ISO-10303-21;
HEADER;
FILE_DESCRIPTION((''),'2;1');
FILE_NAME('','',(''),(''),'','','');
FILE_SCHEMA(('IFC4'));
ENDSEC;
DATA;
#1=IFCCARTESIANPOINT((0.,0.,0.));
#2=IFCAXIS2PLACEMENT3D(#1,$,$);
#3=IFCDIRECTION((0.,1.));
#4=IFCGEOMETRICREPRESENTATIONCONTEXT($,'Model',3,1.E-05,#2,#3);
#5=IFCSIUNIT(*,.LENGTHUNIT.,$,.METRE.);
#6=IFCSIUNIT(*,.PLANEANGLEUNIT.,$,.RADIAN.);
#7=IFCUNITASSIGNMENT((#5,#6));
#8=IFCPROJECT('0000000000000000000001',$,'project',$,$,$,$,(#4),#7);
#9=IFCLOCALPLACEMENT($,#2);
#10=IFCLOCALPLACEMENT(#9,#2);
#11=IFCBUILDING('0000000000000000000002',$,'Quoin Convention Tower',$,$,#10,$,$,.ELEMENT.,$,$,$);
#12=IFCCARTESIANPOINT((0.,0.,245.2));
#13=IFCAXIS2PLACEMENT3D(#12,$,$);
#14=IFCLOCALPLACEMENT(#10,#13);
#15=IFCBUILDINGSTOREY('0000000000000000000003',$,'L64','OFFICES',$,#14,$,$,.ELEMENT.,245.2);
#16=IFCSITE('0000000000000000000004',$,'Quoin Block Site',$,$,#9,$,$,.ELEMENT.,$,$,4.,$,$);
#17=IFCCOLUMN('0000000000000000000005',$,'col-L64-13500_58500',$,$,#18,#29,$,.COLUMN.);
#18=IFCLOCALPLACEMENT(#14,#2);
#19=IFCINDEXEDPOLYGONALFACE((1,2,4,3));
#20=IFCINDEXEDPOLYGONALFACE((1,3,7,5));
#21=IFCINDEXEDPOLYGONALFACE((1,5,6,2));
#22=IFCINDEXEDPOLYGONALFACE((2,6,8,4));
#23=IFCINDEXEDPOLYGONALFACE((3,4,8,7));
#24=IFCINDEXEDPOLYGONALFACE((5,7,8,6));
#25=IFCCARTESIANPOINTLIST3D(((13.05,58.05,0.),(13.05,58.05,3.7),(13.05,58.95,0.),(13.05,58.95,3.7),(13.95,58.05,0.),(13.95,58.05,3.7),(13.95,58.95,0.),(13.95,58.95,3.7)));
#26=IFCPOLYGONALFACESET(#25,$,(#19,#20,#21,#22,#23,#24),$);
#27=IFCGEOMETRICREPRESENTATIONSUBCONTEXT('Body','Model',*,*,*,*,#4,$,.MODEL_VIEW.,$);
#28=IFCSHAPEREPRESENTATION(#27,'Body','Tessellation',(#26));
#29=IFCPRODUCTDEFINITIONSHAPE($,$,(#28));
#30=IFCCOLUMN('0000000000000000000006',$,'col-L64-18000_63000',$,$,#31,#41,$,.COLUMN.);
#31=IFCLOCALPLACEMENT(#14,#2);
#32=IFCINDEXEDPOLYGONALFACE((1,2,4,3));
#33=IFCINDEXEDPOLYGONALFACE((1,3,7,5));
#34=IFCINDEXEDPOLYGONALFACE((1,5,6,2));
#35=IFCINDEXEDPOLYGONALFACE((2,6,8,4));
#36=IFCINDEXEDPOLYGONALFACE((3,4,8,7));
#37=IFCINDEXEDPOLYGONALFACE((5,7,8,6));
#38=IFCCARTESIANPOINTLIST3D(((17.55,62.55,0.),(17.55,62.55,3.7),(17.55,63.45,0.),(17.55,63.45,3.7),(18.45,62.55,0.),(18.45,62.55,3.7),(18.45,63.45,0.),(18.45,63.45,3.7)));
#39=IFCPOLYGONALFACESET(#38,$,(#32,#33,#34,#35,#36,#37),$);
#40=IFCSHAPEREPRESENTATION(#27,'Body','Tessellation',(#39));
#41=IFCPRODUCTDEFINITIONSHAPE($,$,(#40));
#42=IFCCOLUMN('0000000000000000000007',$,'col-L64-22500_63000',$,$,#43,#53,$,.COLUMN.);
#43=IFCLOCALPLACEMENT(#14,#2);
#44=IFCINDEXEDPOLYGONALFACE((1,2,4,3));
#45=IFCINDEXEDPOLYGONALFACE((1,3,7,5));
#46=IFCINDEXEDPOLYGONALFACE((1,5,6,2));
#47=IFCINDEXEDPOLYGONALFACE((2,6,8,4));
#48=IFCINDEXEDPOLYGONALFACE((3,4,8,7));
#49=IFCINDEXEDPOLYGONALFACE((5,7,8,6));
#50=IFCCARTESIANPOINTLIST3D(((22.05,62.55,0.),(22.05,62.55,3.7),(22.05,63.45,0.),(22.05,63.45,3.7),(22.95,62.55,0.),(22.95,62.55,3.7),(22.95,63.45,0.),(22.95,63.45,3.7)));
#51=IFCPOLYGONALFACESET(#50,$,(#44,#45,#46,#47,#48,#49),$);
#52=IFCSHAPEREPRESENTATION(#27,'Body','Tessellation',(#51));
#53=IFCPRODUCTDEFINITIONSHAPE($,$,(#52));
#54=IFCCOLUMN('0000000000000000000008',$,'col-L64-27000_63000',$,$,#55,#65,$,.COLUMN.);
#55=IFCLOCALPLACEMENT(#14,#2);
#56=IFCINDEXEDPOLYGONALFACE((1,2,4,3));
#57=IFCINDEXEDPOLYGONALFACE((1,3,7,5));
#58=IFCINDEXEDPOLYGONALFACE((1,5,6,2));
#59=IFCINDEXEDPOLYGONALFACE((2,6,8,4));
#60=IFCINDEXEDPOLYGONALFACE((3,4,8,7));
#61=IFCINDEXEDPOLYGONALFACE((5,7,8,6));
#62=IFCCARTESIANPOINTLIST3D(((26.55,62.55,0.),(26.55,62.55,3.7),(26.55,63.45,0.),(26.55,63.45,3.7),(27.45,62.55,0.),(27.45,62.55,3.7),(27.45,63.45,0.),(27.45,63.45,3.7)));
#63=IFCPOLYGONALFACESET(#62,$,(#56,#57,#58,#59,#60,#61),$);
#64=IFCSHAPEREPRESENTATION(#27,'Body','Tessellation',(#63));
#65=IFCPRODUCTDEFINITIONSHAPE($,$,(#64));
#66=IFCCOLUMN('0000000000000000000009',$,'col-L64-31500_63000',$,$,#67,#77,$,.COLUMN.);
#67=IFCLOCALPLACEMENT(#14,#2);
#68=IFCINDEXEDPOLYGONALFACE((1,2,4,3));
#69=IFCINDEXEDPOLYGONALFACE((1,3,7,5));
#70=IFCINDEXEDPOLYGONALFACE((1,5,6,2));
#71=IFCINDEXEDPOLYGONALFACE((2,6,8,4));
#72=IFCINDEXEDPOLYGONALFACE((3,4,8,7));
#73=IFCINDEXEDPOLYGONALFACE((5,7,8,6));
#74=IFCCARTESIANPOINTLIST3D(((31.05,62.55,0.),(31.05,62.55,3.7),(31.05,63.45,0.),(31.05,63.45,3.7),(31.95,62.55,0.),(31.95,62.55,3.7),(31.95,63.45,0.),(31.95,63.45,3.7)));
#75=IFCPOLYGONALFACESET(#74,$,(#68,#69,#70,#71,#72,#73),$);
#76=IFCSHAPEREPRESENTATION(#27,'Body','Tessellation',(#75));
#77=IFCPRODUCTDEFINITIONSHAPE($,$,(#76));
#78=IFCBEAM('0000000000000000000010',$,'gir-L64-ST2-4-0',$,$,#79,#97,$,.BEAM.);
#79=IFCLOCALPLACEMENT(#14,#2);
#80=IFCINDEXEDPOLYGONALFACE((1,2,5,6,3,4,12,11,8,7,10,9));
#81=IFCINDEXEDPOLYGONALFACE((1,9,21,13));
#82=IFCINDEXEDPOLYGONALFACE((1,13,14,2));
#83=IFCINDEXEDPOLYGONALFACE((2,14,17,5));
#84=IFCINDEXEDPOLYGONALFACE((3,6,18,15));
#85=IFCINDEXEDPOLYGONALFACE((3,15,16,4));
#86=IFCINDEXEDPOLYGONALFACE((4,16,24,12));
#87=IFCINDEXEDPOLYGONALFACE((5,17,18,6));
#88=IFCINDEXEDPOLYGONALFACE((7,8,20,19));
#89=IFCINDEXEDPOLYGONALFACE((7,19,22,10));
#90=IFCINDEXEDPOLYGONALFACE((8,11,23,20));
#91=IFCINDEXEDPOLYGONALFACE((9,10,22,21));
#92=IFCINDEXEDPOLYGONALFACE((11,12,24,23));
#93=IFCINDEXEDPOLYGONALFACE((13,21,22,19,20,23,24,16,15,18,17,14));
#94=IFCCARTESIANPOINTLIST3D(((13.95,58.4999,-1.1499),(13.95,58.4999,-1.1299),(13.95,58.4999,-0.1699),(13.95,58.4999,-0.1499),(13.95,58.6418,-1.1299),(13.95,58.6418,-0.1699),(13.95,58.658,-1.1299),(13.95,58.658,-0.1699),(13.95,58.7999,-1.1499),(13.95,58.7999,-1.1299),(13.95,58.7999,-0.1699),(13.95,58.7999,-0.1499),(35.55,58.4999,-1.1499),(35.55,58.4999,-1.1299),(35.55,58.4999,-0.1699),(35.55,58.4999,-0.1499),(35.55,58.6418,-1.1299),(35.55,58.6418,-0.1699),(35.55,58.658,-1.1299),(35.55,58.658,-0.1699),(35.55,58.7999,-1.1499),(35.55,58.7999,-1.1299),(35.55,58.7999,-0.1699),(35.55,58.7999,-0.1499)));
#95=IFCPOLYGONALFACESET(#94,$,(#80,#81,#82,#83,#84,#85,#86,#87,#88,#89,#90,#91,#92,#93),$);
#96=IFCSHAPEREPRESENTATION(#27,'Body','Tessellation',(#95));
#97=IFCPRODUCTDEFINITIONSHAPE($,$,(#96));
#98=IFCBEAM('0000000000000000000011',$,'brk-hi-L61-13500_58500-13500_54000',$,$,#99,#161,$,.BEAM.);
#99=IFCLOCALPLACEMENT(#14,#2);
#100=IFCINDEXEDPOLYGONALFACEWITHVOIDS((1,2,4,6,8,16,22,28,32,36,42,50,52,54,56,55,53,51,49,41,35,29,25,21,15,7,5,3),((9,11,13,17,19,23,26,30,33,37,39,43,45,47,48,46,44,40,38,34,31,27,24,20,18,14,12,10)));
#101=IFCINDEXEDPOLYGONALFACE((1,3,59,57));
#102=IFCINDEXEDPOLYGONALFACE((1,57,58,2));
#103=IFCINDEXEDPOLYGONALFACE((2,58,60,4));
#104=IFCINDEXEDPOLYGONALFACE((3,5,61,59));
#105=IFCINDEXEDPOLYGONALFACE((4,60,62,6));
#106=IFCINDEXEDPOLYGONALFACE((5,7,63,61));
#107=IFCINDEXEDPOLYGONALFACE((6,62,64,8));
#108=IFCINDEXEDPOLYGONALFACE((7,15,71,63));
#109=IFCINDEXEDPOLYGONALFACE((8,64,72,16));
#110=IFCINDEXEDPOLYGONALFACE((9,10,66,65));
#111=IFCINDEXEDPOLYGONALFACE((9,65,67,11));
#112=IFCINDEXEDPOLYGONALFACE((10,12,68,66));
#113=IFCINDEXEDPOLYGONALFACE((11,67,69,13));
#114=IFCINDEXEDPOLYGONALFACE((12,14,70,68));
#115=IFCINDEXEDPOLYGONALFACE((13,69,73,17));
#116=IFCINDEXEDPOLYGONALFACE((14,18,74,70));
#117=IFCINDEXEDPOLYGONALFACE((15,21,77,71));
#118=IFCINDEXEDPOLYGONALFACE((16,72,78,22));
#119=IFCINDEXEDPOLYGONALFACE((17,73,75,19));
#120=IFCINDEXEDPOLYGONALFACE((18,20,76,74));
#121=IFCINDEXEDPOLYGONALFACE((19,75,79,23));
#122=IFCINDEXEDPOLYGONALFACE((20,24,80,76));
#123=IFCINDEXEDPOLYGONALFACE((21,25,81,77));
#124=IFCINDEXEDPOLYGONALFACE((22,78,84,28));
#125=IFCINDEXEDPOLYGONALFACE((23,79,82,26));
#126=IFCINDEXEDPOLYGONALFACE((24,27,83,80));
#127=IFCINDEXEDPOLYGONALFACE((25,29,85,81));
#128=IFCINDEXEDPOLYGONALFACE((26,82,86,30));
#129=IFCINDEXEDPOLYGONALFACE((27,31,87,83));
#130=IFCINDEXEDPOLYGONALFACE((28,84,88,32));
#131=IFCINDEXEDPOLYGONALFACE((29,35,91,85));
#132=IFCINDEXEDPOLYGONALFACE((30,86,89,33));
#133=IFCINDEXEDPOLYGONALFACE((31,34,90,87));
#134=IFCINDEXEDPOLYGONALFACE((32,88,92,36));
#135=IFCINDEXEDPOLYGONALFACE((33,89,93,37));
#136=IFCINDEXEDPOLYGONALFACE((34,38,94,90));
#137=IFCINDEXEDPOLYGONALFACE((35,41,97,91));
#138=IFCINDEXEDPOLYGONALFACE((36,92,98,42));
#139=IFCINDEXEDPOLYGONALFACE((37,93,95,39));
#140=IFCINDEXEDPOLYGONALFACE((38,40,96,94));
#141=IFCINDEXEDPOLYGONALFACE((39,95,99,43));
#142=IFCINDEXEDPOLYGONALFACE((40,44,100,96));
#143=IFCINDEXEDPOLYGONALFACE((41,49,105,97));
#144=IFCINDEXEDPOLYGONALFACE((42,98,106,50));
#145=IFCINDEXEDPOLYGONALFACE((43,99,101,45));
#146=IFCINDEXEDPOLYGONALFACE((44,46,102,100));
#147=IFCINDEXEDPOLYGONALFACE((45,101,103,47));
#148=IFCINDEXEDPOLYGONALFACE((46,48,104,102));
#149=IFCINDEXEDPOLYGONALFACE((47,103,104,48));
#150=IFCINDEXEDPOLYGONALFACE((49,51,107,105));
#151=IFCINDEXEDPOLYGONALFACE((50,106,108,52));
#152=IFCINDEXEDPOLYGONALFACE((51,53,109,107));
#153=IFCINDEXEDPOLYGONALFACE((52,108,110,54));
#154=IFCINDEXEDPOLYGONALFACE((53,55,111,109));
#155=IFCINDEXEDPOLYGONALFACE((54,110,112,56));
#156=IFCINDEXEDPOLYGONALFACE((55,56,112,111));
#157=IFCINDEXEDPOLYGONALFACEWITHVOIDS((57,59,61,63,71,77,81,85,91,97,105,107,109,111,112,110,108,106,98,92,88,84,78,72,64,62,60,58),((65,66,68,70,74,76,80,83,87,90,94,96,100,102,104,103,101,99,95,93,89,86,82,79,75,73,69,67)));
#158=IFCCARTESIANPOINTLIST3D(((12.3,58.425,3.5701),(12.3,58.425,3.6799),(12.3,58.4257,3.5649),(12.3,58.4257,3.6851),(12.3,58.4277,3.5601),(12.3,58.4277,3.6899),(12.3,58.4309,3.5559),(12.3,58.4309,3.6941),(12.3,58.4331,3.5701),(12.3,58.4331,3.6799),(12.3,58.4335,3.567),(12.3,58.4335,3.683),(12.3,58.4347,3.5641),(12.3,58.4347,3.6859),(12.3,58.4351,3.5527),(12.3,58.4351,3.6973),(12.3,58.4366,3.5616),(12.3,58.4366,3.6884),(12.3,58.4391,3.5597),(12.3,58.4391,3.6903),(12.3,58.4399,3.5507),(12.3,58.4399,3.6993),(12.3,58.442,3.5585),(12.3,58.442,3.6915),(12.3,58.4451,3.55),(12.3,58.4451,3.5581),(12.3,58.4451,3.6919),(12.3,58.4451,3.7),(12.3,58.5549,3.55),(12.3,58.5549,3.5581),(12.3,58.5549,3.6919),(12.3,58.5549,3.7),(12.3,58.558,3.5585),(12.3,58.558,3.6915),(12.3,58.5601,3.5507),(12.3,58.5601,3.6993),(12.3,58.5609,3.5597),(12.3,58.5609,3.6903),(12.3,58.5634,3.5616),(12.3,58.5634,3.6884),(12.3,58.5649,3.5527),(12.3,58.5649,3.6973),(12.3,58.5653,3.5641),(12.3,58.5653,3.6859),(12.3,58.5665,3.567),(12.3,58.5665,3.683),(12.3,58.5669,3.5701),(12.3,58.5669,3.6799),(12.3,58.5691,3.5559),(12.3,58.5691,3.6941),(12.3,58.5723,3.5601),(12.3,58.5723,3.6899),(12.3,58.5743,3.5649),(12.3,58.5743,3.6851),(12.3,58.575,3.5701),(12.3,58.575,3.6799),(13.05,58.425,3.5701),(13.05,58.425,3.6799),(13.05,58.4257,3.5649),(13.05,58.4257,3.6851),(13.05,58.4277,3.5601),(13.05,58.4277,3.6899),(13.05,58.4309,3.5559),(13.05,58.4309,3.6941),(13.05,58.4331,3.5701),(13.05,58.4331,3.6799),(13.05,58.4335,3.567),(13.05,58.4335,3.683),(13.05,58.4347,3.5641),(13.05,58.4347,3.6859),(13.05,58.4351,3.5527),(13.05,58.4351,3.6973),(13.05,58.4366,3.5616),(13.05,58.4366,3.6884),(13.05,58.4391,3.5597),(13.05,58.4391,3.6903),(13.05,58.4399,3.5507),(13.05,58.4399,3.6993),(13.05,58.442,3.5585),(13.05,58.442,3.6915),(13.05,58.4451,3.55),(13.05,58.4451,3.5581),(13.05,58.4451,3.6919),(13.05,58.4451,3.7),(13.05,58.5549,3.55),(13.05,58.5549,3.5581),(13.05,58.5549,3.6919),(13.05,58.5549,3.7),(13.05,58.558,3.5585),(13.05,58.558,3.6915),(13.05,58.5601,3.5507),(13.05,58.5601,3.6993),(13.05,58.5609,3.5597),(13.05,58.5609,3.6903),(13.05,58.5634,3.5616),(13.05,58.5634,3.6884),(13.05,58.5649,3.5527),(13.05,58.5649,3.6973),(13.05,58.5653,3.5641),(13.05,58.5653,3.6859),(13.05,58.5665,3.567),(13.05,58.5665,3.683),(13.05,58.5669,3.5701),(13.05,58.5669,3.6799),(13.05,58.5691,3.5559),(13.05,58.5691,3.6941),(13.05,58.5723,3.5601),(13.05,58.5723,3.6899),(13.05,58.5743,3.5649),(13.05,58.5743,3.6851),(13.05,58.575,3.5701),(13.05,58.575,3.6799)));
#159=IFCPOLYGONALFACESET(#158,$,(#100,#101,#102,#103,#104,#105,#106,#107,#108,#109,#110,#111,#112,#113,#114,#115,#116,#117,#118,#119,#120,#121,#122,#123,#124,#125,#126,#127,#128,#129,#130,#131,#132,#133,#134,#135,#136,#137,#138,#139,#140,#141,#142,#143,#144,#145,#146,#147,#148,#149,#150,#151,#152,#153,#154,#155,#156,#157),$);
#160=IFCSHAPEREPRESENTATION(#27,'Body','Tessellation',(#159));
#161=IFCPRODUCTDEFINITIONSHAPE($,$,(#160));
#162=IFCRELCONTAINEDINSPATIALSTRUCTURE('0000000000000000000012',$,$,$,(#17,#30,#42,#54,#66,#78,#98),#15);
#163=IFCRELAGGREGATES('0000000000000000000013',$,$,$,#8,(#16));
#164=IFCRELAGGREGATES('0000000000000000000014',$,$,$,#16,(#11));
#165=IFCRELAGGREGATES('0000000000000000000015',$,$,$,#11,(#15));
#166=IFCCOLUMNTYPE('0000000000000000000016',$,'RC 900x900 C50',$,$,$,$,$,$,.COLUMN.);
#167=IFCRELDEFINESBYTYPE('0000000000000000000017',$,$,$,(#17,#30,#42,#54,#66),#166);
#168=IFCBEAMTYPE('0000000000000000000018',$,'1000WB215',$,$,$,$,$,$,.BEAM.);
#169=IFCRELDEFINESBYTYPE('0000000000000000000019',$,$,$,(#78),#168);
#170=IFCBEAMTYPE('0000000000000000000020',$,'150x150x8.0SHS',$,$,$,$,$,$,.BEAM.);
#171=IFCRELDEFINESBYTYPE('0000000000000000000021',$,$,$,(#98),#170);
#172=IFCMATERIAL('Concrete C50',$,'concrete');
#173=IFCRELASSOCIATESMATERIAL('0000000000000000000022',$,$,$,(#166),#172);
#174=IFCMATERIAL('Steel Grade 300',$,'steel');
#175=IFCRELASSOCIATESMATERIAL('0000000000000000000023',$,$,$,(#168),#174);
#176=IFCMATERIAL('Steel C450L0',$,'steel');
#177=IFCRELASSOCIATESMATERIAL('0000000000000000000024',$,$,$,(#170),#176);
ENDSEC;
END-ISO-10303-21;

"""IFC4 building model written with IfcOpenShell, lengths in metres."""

from ifc_helpers import new_model, si_unit, direction, frame, origin, origin_2d, place, context, subcontext, project, spatial, rectangle, hollow_rectangle, i_section, extrude, material, material_profile, profile_set, type_object, element, save


model = new_model("IFC4")

# Units and contexts
model_context = context("Model", 3, precision=1e-05, world=origin(), true_north=direction((0.0, 1.0)))
body_context = subcontext(model_context, "Body", "Model", "MODEL_VIEW")
ifc_project = project(units=[si_unit("LENGTHUNIT", "METRE"), si_unit("PLANEANGLEUNIT", "RADIAN")], contexts=[model_context])

# Site, building, storey
site_placement = place(None, origin())
site = spatial("IfcSite", under=ifc_project, at=site_placement, Name="Quoin Block Site", CompositionType="ELEMENT", RefElevation=4.0)
building_placement = place(site_placement, origin())
building = spatial("IfcBuilding", under=site, at=building_placement, Name="Quoin Convention Tower", CompositionType="ELEMENT")
storey_placement = place(building_placement, frame((0.0, 0.0, 245.2)))
storey = spatial("IfcBuildingStorey", under=building, at=storey_placement, Name="L64", Description="OFFICES", CompositionType="ELEMENT", Elevation=245.2)

# Columns
ifc_material_1 = material(Name="Concrete C50", Category="concrete")
ifc_material_profile_1 = material_profile(ifc_material_1, rectangle(XDim=0.8999, YDim=0.8999, at=origin_2d()), Name="RC 900x900")
ifc_profile_set_1 = profile_set([ifc_material_profile_1], Name="Concrete C50")
column_type = type_object("IfcColumnType", Name="RC 900x900 C50", PredefinedType="COLUMN", material=ifc_profile_set_1)
for number, where, z_axis, x_axis, name in (
    (1, (13.5, 58.5, 0.0), (0.0, 0.0, 1.0), (1.0, 0.0, 0.0), "col-L64-13500_58500"),
    (2, (18.0, 63.0, 0.0), (0.0, 0.0, 1.0), (1.0, 0.0, 0.0), "col-L64-18000_63000"),
    (3, (22.5, 63.0, 0.0), (0.0, 0.0, 1.0), (1.0, 0.0, 0.0), "col-L64-22500_63000"),
    (4, (27.0, 63.0, 0.0), (0.0, 0.0, 1.0), (1.0, 0.0, 0.0), "col-L64-27000_63000"),
    (5, (31.5, 63.0, 0.0), (0.0, 0.0, 1.0), (1.0, 0.0, 0.0), "col-L64-31500_63000"),
):
    element("IfcColumn", number, at=place(storey_placement, frame(where, z_axis=z_axis, x_axis=x_axis)), inside=storey, type_object=column_type, Name=name, PredefinedType="COLUMN", context=body_context, shape_type="SweptSolid", body=[
        extrude(rectangle(XDim=0.8999, YDim=0.8999, at=origin_2d()), origin(), (0.0, 0.0, 1.0), 3.7),
    ])

# Beams
ifc_material_2 = material(Name="Steel Grade 300", Category="steel")
ifc_material_profile_2 = material_profile(ifc_material_2, i_section(OverallWidth=0.3, OverallDepth=1.0, WebThickness=0.0161, FlangeThickness=0.02, at=origin_2d()), Name="1000WB215")
ifc_profile_set_2 = profile_set([ifc_material_profile_2], Name="Steel Grade 300")
beam_type_1 = type_object("IfcBeamType", Name="1000WB215", PredefinedType="BEAM", material=ifc_profile_set_2)
beam_1_placement = place(storey_placement, frame((13.95, 58.6499, -0.6499), z_axis=(1.0, 0.0, 0.0), x_axis=(0.0, 1.0, 0.0)))
element("IfcBeam", 6, at=beam_1_placement, inside=storey, type_object=beam_type_1, Name="gir-L64-ST2-4-0", PredefinedType="BEAM", context=body_context, shape_type="SweptSolid", body=[
    extrude(i_section(OverallWidth=0.3, OverallDepth=1.0, WebThickness=0.0161, FlangeThickness=0.02, at=origin_2d()), origin(), (0.0, 0.0, 1.0), 21.6001),
])
ifc_material_3 = material(Name="Steel C450L0", Category="steel")
ifc_material_profile_3 = material_profile(ifc_material_3, hollow_rectangle(XDim=0.1499, YDim=0.1499, WallThickness=0.0081, InnerFilletRadius=0.012, OuterFilletRadius=0.02, at=origin_2d()), Name="150x150x8.0SHS")
ifc_profile_set_3 = profile_set([ifc_material_profile_3], Name="Steel C450L0")
beam_type_2 = type_object("IfcBeamType", Name="150x150x8.0SHS", PredefinedType="BEAM", material=ifc_profile_set_3)
for number, where, z_axis, x_axis, name in (
    (7, (13.05, 58.5, 3.625), (-1.0, 0.0, 0.0), (0.0, -1.0, 0.0), "brk-hi-L61-13500_58500-13500_54000"),
):
    element("IfcBeam", number, at=place(storey_placement, frame(where, z_axis=z_axis, x_axis=x_axis)), inside=storey, type_object=beam_type_2, Name=name, PredefinedType="BEAM", context=body_context, shape_type="SweptSolid", body=[
        extrude(hollow_rectangle(XDim=0.1499, YDim=0.1499, WallThickness=0.0081, InnerFilletRadius=0.012, OuterFilletRadius=0.02, at=origin_2d()), origin(), (0.0, 0.0, 1.0), 0.75),
    ])

save(model, "model.ifc")
